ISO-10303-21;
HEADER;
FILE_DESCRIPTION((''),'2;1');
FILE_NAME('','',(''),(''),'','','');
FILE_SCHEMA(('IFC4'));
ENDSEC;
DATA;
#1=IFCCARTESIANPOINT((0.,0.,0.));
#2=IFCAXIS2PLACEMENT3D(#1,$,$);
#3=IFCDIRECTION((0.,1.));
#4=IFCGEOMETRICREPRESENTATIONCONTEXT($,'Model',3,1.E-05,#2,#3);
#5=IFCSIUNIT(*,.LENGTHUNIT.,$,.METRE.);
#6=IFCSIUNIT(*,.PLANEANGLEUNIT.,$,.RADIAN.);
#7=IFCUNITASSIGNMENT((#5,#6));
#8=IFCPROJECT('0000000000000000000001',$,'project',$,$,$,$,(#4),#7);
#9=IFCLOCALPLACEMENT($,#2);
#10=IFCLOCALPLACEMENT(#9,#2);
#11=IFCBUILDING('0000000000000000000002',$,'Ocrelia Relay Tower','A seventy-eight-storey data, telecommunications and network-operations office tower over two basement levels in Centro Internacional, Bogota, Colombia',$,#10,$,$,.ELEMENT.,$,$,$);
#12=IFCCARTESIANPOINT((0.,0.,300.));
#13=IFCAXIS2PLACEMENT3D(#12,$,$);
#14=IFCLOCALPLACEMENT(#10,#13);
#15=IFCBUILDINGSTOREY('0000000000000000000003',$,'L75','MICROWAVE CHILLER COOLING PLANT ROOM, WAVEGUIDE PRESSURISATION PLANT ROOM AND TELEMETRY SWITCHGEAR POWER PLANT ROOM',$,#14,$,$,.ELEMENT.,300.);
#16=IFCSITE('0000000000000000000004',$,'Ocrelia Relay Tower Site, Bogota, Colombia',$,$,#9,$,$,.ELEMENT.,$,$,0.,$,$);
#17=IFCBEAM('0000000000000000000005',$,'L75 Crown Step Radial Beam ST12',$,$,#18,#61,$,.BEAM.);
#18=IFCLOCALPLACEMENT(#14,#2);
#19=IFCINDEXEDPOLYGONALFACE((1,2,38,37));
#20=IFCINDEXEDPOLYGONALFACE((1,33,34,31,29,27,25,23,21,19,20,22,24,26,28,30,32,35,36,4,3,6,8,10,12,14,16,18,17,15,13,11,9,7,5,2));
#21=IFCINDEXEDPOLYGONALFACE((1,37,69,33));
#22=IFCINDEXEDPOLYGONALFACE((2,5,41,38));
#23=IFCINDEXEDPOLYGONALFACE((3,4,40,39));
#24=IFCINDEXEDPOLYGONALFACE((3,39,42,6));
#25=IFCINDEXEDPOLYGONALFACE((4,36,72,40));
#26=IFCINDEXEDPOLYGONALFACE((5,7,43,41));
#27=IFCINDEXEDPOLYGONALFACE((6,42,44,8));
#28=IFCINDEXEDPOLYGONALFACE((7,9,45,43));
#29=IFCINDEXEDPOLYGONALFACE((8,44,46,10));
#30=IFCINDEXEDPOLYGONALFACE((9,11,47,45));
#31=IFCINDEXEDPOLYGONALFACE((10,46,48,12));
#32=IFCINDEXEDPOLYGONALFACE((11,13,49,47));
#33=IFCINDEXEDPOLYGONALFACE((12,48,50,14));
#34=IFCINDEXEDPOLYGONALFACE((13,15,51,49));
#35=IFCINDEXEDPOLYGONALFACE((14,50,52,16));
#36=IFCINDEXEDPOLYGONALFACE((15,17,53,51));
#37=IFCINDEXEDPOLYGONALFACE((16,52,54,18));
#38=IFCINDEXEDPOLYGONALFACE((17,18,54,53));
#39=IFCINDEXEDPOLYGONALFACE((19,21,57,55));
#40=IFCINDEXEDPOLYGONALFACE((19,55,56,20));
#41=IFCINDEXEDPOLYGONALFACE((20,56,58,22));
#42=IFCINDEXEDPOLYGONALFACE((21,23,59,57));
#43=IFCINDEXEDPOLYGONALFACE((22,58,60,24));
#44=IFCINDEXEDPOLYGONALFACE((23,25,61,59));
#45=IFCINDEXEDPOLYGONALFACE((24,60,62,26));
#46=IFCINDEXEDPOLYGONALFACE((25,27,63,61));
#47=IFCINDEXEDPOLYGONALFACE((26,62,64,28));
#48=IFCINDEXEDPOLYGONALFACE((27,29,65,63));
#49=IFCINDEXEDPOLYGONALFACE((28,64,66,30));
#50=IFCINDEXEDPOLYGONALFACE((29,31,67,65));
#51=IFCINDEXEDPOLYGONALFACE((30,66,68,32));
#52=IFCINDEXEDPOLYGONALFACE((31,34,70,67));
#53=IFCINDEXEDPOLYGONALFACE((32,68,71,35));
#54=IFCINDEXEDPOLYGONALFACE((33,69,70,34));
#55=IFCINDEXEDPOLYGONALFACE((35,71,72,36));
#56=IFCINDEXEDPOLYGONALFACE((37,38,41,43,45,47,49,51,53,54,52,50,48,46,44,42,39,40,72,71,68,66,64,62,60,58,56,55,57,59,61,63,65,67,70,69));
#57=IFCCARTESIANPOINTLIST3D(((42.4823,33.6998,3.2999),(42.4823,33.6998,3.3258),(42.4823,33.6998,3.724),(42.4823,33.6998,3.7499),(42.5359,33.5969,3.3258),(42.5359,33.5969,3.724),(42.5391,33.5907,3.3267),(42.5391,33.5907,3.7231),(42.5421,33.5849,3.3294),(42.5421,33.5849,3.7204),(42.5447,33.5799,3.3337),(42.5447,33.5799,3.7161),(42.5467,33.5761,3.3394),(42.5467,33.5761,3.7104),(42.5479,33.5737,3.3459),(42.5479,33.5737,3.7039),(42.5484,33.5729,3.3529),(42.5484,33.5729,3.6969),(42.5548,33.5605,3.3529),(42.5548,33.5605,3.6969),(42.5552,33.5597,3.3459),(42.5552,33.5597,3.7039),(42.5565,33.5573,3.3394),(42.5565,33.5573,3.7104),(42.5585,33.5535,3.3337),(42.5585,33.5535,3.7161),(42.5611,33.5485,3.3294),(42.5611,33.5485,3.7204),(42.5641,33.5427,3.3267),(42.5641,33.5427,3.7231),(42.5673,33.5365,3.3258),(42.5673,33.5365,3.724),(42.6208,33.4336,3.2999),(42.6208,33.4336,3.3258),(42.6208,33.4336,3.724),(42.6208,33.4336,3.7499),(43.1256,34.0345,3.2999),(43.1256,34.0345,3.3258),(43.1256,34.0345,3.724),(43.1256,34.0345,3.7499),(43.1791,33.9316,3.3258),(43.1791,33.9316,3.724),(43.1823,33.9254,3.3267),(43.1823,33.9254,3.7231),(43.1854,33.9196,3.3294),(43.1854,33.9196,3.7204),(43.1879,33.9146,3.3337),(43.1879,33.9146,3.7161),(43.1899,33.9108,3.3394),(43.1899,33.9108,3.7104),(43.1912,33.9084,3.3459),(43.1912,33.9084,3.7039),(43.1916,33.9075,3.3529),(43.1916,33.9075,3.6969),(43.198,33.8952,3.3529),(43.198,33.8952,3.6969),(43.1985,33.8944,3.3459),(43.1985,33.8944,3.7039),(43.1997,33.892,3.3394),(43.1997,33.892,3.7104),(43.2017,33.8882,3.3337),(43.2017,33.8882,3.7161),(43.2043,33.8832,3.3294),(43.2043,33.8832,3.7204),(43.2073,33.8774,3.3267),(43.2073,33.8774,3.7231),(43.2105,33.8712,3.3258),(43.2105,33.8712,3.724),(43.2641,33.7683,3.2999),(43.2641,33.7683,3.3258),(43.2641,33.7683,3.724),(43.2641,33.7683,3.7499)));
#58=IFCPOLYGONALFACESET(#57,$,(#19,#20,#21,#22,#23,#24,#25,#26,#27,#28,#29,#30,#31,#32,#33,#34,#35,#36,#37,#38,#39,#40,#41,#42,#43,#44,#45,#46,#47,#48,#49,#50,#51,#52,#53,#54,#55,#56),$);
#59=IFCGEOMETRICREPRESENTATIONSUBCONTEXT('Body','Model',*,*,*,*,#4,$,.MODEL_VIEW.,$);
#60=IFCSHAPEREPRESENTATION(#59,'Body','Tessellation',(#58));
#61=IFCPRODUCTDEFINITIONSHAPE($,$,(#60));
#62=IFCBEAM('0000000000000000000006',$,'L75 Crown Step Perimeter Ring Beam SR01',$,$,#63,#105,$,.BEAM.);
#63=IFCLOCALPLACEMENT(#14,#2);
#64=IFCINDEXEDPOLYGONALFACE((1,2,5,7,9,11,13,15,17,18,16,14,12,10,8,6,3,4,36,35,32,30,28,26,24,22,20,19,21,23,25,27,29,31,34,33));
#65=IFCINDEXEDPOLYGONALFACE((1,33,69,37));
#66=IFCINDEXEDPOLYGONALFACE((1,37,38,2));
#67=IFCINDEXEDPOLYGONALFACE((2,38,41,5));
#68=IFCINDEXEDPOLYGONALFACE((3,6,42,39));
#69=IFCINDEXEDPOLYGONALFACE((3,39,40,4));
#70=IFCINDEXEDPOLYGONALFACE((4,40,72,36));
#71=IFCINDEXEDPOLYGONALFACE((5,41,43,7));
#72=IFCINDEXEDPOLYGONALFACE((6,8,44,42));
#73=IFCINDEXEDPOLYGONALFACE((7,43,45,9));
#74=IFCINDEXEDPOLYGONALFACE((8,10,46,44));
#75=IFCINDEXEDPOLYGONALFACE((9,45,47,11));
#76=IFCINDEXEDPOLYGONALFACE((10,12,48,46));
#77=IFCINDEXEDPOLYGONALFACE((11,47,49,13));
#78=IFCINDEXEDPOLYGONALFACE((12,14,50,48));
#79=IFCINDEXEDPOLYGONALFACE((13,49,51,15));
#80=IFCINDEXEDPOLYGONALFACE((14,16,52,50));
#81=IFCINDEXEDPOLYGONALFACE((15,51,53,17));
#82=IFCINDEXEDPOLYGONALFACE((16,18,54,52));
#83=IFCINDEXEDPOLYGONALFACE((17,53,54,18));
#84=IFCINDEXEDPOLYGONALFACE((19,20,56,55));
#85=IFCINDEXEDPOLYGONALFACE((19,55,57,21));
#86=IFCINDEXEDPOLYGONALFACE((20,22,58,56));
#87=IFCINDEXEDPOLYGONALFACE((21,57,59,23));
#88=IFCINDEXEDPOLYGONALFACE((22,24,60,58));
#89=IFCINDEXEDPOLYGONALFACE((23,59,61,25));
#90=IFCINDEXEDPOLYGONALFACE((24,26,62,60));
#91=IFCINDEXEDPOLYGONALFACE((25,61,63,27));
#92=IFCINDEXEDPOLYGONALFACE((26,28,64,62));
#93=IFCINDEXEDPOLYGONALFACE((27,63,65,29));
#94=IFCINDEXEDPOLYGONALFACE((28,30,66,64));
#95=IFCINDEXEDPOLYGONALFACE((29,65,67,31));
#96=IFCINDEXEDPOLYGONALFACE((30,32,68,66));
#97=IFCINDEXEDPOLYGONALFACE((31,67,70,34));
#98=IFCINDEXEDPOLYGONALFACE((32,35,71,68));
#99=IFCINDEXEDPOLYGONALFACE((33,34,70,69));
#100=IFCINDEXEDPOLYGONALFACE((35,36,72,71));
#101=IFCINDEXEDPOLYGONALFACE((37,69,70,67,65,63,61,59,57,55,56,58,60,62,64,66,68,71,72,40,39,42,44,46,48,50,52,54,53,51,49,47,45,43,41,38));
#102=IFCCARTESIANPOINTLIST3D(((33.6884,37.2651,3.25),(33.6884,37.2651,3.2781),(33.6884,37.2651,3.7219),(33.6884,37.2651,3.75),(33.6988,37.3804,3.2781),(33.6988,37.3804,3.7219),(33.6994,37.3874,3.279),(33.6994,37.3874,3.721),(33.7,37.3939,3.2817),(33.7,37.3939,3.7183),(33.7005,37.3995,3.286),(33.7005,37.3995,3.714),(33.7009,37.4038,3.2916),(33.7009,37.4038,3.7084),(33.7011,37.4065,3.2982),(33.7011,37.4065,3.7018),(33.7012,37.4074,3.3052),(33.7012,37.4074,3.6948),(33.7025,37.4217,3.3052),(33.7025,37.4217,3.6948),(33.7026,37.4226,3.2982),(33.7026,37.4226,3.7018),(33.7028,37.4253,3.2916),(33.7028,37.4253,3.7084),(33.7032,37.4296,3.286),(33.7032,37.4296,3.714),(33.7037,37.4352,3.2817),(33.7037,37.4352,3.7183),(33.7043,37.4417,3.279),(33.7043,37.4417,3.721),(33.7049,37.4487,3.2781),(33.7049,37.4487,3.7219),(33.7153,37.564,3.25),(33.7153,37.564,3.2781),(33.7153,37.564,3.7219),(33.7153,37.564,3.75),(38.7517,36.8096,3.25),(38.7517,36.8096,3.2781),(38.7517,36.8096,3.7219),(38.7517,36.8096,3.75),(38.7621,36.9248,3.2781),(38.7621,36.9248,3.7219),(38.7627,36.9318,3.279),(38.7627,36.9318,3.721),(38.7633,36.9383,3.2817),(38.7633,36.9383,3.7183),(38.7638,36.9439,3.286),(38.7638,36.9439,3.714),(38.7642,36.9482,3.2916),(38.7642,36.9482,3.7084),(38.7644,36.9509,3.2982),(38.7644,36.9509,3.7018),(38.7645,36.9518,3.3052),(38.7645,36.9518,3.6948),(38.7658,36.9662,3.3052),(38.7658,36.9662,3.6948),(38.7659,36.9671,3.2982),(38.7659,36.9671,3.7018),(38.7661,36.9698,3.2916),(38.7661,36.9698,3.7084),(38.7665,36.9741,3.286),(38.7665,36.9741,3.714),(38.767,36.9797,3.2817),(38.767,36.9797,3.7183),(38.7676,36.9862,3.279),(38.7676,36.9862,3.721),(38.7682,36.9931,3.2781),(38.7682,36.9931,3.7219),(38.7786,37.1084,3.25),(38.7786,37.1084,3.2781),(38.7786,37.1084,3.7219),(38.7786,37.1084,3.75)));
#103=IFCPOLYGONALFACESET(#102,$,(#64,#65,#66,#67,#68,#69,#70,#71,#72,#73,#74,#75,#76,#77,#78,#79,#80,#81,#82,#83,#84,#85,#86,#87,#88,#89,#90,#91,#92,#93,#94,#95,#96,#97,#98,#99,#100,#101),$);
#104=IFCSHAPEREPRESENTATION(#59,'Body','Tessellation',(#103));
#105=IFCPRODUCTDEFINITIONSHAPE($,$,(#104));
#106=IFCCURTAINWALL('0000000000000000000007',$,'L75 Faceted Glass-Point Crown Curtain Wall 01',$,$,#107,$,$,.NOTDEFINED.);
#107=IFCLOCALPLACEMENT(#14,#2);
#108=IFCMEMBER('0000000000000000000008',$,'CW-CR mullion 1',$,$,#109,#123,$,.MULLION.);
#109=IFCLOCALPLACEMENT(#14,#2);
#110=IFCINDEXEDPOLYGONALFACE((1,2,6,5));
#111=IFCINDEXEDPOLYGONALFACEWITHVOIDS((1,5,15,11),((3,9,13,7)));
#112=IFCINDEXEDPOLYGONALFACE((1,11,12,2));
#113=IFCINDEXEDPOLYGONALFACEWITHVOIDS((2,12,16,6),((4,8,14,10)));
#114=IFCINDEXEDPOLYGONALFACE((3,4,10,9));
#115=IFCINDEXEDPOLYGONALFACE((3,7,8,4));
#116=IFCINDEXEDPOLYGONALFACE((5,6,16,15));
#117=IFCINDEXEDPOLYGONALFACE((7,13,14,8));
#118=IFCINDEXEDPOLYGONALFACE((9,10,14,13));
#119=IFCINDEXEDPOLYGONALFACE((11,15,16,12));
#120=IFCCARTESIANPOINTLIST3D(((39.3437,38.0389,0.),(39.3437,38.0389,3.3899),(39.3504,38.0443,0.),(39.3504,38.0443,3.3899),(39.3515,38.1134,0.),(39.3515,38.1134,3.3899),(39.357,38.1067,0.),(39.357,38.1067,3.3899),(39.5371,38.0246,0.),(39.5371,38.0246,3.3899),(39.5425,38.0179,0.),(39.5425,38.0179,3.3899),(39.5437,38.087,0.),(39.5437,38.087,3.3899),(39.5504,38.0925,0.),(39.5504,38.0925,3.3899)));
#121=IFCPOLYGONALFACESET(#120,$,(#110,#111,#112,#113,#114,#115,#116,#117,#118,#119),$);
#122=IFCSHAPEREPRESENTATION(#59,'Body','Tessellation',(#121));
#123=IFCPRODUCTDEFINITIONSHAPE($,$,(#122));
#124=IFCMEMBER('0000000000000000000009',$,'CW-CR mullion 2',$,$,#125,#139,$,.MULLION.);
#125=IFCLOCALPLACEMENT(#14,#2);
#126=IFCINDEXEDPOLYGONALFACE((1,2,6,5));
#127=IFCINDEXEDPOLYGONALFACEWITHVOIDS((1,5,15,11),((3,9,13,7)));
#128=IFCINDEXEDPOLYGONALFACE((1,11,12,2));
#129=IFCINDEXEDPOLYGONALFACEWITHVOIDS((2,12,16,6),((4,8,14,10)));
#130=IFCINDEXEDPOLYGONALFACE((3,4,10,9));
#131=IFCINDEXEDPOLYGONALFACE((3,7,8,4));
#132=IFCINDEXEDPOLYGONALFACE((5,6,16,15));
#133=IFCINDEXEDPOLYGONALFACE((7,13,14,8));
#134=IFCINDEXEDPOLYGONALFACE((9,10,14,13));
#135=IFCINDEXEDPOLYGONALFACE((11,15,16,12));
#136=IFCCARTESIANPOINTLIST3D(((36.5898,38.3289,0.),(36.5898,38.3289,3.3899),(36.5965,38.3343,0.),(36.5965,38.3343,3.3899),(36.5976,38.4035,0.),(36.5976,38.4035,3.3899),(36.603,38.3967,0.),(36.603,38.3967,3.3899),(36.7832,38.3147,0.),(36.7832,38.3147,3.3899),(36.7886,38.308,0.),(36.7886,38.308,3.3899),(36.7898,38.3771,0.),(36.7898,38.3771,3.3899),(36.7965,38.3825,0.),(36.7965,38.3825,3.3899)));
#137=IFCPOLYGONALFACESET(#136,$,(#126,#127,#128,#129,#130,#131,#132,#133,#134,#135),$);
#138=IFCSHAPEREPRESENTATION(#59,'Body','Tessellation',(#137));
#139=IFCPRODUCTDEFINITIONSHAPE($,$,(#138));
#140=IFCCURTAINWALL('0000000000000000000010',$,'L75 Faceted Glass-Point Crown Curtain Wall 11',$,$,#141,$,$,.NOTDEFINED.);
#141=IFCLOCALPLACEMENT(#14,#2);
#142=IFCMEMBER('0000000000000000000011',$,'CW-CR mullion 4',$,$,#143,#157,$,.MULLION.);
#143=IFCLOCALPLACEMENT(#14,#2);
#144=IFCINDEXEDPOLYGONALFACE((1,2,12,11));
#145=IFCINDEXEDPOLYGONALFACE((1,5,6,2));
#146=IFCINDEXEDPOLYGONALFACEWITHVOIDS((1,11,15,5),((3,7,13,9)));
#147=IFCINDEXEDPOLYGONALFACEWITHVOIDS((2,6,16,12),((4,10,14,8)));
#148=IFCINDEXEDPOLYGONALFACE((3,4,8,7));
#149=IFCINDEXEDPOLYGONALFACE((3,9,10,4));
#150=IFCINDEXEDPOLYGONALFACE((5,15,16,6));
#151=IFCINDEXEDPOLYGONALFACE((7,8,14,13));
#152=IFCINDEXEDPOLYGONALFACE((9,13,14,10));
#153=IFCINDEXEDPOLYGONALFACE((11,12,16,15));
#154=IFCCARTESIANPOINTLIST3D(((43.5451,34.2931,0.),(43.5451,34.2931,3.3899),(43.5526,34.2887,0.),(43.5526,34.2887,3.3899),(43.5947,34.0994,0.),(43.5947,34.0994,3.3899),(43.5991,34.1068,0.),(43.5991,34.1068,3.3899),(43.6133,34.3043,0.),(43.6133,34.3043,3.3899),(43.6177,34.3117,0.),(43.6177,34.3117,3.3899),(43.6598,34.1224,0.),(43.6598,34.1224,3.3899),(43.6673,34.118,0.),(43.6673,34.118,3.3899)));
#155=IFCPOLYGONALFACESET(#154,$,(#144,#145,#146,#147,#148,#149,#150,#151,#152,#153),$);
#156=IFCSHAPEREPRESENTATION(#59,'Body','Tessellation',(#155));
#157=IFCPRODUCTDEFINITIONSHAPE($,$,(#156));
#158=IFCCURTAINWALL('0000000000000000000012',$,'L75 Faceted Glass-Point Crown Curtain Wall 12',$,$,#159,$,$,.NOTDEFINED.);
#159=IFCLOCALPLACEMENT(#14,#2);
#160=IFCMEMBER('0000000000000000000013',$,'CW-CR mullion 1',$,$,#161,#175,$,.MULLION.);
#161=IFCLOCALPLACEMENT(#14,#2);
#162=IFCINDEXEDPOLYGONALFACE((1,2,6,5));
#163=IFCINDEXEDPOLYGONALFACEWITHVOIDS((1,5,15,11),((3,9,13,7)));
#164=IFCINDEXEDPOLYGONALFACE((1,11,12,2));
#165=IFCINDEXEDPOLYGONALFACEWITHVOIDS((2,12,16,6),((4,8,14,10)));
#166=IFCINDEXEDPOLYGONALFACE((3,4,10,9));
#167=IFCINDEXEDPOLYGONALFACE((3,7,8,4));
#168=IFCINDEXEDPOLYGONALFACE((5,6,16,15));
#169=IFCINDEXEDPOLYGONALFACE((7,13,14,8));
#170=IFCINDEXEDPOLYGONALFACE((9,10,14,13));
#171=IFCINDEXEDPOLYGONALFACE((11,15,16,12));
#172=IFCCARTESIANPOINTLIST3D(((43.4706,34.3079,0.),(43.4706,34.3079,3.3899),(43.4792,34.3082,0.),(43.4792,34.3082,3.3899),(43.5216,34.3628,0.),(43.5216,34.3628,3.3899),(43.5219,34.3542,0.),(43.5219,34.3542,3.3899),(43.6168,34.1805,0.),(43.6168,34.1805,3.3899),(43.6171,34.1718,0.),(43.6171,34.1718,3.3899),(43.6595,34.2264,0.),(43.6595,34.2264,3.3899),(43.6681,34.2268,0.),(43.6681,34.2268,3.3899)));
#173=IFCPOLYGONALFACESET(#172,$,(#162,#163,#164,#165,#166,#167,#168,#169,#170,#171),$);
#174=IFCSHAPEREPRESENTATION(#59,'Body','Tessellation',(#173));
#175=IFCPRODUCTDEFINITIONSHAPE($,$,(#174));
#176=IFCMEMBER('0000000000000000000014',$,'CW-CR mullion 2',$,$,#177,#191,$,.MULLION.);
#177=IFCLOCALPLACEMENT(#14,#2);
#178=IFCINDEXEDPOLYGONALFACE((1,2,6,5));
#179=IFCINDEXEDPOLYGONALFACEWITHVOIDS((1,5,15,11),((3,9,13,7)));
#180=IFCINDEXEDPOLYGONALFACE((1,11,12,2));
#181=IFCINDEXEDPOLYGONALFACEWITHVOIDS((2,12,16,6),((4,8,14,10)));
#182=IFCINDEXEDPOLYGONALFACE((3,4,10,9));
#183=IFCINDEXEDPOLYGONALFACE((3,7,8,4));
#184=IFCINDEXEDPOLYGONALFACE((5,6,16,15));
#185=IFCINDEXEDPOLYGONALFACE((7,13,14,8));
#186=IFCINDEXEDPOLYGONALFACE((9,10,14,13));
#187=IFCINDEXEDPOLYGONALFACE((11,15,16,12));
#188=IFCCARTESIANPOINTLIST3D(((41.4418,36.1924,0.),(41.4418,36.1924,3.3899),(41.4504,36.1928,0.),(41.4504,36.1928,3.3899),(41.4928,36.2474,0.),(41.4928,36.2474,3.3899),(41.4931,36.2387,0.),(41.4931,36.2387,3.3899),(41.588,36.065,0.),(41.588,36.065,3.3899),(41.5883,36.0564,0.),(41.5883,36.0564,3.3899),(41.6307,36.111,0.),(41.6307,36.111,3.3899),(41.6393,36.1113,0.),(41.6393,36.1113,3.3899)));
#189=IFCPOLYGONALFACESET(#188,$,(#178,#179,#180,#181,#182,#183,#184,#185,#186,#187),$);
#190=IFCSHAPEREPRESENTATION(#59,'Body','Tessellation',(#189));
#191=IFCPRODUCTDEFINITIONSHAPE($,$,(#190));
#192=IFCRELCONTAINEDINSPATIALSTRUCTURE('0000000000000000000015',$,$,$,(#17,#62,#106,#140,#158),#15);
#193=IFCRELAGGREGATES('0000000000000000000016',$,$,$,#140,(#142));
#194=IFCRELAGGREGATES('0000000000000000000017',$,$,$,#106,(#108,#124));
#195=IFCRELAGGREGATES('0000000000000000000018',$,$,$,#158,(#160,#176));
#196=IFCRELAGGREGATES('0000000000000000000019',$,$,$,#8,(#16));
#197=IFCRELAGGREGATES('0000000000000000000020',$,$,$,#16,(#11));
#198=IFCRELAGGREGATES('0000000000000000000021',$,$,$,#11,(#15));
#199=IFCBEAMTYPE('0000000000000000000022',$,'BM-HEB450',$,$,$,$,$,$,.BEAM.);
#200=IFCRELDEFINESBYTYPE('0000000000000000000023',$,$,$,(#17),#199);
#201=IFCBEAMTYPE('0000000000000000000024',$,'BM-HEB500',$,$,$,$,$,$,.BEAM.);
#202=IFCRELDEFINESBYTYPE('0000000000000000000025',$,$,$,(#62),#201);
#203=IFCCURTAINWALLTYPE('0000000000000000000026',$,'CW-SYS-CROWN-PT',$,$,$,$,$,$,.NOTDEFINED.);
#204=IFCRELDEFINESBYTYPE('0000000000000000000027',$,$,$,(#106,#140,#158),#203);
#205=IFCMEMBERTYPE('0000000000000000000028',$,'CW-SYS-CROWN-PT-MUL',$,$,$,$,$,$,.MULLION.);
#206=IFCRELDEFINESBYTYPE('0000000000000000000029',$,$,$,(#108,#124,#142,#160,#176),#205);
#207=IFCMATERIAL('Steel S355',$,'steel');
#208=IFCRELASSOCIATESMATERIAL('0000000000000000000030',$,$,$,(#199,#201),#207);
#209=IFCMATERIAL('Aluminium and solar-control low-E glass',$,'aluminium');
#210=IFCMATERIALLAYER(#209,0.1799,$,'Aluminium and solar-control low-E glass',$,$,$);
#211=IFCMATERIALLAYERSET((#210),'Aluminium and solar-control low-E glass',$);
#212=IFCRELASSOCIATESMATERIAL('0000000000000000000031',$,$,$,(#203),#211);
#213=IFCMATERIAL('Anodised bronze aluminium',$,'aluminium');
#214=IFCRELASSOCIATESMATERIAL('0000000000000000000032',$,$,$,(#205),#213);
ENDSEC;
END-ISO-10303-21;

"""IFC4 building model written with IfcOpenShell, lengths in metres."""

from ifc_helpers import new_model, si_unit, direction, frame, origin, origin_2d, place, context, subcontext, project, spatial, hollow_rectangle, i_section, extrude, material, layer, layer_set, material_profile, profile_set, type_object, element, aggregate, save


model = new_model("IFC4")

# Units and contexts
model_context = context("Model", 3, precision=1e-05, world=origin(), true_north=direction((0.0, 1.0)))
body_context = subcontext(model_context, "Body", "Model", "MODEL_VIEW")
ifc_project = project(units=[si_unit("LENGTHUNIT", "METRE"), si_unit("PLANEANGLEUNIT", "RADIAN")], contexts=[model_context])

# Site, building, storey
site_placement = place(None, origin())
site = spatial("IfcSite", under=ifc_project, at=site_placement, Name="Ocrelia Relay Tower Site, Bogota, Colombia", CompositionType="ELEMENT", RefElevation=0.0)
building_placement = place(site_placement, origin())
building = spatial("IfcBuilding", under=site, at=building_placement, Name="Ocrelia Relay Tower", Description="A seventy-eight-storey data, telecommunications and network-operations office tower over two basement levels in Centro Internacional, Bogota, Colombia", CompositionType="ELEMENT")
storey_placement = place(building_placement, frame((0.0, 0.0, 300.0)))
storey = spatial("IfcBuildingStorey", under=building, at=storey_placement, Name="L75", Description="MICROWAVE CHILLER COOLING PLANT ROOM, WAVEGUIDE PRESSURISATION PLANT ROOM AND TELEMETRY SWITCHGEAR POWER PLANT ROOM", CompositionType="ELEMENT", Elevation=300.0)

# Beams
ifc_material_1 = material(Name="Steel S355", Category="steel")
ifc_material_profile_1 = material_profile(ifc_material_1, i_section(OverallWidth=0.3, OverallDepth=0.45, WebThickness=0.0139, FlangeThickness=0.0259, FilletRadius=0.0271, at=origin_2d()), Name="HEB 450")
ifc_profile_set_1 = profile_set([ifc_material_profile_1], Name="Steel S355")
beam_type_1 = type_object("IfcBeamType", Name="BM-HEB450", PredefinedType="BEAM", material=ifc_profile_set_1)
beam_1_placement = place(storey_placement, frame((43.1948, 33.9014, 3.5249), z_axis=(-0.887107, -0.461565, 0.0), x_axis=(0.461565, -0.887107, 0.0)))
element("IfcBeam", 1, at=beam_1_placement, inside=storey, type_object=beam_type_1, Name="L75 Crown Step Radial Beam ST12", PredefinedType="BEAM", context=body_context, shape_type="SweptSolid", body=[
    extrude(i_section(OverallWidth=0.3, OverallDepth=0.45, WebThickness=0.0139, FlangeThickness=0.0259, FilletRadius=0.0271, at=origin_2d()), origin(), (0.0, 0.0, 1.0), 0.7251),
])
ifc_material_profile_2 = material_profile(ifc_material_1, i_section(OverallWidth=0.3, OverallDepth=0.5, WebThickness=0.0144, FlangeThickness=0.0281, FilletRadius=0.0271, at=origin_2d()), Name="HEB 500")
ifc_profile_set_2 = profile_set([ifc_material_profile_2], Name="Steel S355")
beam_type_2 = type_object("IfcBeamType", Name="BM-HEB500", PredefinedType="BEAM", material=ifc_profile_set_2)
beam_2_placement = place(storey_placement, frame((38.7651, 36.959, 3.5), z_axis=(-0.995977, 0.089613, 0.0), x_axis=(-0.089613, -0.995977, 0.0)))
element("IfcBeam", 2, at=beam_2_placement, inside=storey, type_object=beam_type_2, Name="L75 Crown Step Perimeter Ring Beam SR01", PredefinedType="BEAM", context=body_context, shape_type="SweptSolid", body=[
    extrude(i_section(OverallWidth=0.3, OverallDepth=0.5, WebThickness=0.0144, FlangeThickness=0.0281, FilletRadius=0.0271, at=origin_2d()), origin(), (0.0, 0.0, 1.0), 5.0837),
])

# Curtain wall, members
ifc_material_2 = material(Name="Aluminium and solar-control low-E glass", Category="aluminium")
ifc_layer_1 = layer(ifc_material_2, 0.1799, Name="Aluminium and solar-control low-E glass")
ifc_layer_set_1 = layer_set([ifc_layer_1], Name="Aluminium and solar-control low-E glass")
curtain_wall_type = type_object("IfcCurtainWallType", Name="CW-SYS-CROWN-PT", PredefinedType="NOTDEFINED", material=ifc_layer_set_1)
curtain_wall_1_placement = place(storey_placement, origin())
curtain_wall_1 = element("IfcCurtainWall", 3, at=curtain_wall_1_placement, inside=storey, type_object=curtain_wall_type, Name="L75 Faceted Glass-Point Crown Curtain Wall 01", PredefinedType="NOTDEFINED")
ifc_material_3 = material(Name="Anodised bronze aluminium", Category="aluminium")
ifc_material_profile_3 = material_profile(ifc_material_3, hollow_rectangle(XDim=0.075, YDim=0.2, WallThickness=0.0061, at=origin_2d()), Name="CW-MUL-200x75")
ifc_profile_set_3 = profile_set([ifc_material_profile_3], Name="Anodised bronze aluminium")
member_type_1 = type_object("IfcMemberType", Name="CW-SYS-CROWN-PT-MUL", PredefinedType="MULLION", material=ifc_profile_set_3)
member_1_placement = place(storey_placement, frame((39.447, 38.0657, 0.0), z_axis=(0.0, 0.0, 1.0), x_axis=(-0.104755, -0.994498, 0.0)))
member_1 = element("IfcMember", 4, at=member_1_placement, type_object=member_type_1, Name="CW-CR mullion 1", PredefinedType="MULLION", context=body_context, shape_type="SweptSolid", body=[
    extrude(hollow_rectangle(XDim=0.075, YDim=0.2, WallThickness=0.0061, at=origin_2d()), origin(), (0.0, 0.0, 1.0), 3.3899),
])
member_2_placement = place(storey_placement, frame((36.6931, 38.3557, 0.0), z_axis=(0.0, 0.0, 1.0), x_axis=(-0.104755, -0.994498, 0.0)))
member_2 = element("IfcMember", 5, at=member_2_placement, type_object=member_type_1, Name="CW-CR mullion 2", PredefinedType="MULLION", context=body_context, shape_type="SweptSolid", body=[
    extrude(hollow_rectangle(XDim=0.075, YDim=0.2, WallThickness=0.0061, at=origin_2d()), origin(), (0.0, 0.0, 1.0), 3.3899),
])

# Curtain wall, member
curtain_wall_2_placement = place(storey_placement, origin())
curtain_wall_2 = element("IfcCurtainWall", 6, at=curtain_wall_2_placement, inside=storey, type_object=curtain_wall_type, Name="L75 Faceted Glass-Point Crown Curtain Wall 11", PredefinedType="NOTDEFINED")
member_3_placement = place(storey_placement, frame((43.6062, 34.2056, 0.0), z_axis=(0.0, 0.0, 1.0), x_axis=(-0.968839, -0.24769, 0.0)))
member_3 = element("IfcMember", 7, at=member_3_placement, type_object=member_type_1, Name="CW-CR mullion 4", PredefinedType="MULLION", context=body_context, shape_type="SweptSolid", body=[
    extrude(hollow_rectangle(XDim=0.075, YDim=0.2, WallThickness=0.0061, at=origin_2d()), origin(), (0.0, 0.0, 1.0), 3.3899),
])
aggregate(curtain_wall_2, [member_3])

# Curtain wall, members
curtain_wall_3_placement = place(storey_placement, origin())
curtain_wall_3 = element("IfcCurtainWall", 8, at=curtain_wall_3_placement, inside=storey, type_object=curtain_wall_type, Name="L75 Faceted Glass-Point Crown Curtain Wall 12", PredefinedType="NOTDEFINED")
member_4_placement = place(storey_placement, frame((43.5693, 34.2673, 0.0), z_axis=(0.0, 0.0, 1.0), x_axis=(-0.680553, -0.732699, 0.0)))
member_4 = element("IfcMember", 9, at=member_4_placement, type_object=member_type_1, Name="CW-CR mullion 1", PredefinedType="MULLION", context=body_context, shape_type="SweptSolid", body=[
    extrude(hollow_rectangle(XDim=0.075, YDim=0.2, WallThickness=0.0061, at=origin_2d()), origin(), (0.0, 0.0, 1.0), 3.3899),
])
member_5_placement = place(storey_placement, frame((41.5405, 36.1519, 0.0), z_axis=(0.0, 0.0, 1.0), x_axis=(-0.680553, -0.732699, 0.0)))
member_5 = element("IfcMember", 10, at=member_5_placement, type_object=member_type_1, Name="CW-CR mullion 2", PredefinedType="MULLION", context=body_context, shape_type="SweptSolid", body=[
    extrude(hollow_rectangle(XDim=0.075, YDim=0.2, WallThickness=0.0061, at=origin_2d()), origin(), (0.0, 0.0, 1.0), 3.3899),
])

aggregate(curtain_wall_1, [member_1, member_2])
aggregate(curtain_wall_3, [member_4, member_5])

save(model, "model.ifc")
